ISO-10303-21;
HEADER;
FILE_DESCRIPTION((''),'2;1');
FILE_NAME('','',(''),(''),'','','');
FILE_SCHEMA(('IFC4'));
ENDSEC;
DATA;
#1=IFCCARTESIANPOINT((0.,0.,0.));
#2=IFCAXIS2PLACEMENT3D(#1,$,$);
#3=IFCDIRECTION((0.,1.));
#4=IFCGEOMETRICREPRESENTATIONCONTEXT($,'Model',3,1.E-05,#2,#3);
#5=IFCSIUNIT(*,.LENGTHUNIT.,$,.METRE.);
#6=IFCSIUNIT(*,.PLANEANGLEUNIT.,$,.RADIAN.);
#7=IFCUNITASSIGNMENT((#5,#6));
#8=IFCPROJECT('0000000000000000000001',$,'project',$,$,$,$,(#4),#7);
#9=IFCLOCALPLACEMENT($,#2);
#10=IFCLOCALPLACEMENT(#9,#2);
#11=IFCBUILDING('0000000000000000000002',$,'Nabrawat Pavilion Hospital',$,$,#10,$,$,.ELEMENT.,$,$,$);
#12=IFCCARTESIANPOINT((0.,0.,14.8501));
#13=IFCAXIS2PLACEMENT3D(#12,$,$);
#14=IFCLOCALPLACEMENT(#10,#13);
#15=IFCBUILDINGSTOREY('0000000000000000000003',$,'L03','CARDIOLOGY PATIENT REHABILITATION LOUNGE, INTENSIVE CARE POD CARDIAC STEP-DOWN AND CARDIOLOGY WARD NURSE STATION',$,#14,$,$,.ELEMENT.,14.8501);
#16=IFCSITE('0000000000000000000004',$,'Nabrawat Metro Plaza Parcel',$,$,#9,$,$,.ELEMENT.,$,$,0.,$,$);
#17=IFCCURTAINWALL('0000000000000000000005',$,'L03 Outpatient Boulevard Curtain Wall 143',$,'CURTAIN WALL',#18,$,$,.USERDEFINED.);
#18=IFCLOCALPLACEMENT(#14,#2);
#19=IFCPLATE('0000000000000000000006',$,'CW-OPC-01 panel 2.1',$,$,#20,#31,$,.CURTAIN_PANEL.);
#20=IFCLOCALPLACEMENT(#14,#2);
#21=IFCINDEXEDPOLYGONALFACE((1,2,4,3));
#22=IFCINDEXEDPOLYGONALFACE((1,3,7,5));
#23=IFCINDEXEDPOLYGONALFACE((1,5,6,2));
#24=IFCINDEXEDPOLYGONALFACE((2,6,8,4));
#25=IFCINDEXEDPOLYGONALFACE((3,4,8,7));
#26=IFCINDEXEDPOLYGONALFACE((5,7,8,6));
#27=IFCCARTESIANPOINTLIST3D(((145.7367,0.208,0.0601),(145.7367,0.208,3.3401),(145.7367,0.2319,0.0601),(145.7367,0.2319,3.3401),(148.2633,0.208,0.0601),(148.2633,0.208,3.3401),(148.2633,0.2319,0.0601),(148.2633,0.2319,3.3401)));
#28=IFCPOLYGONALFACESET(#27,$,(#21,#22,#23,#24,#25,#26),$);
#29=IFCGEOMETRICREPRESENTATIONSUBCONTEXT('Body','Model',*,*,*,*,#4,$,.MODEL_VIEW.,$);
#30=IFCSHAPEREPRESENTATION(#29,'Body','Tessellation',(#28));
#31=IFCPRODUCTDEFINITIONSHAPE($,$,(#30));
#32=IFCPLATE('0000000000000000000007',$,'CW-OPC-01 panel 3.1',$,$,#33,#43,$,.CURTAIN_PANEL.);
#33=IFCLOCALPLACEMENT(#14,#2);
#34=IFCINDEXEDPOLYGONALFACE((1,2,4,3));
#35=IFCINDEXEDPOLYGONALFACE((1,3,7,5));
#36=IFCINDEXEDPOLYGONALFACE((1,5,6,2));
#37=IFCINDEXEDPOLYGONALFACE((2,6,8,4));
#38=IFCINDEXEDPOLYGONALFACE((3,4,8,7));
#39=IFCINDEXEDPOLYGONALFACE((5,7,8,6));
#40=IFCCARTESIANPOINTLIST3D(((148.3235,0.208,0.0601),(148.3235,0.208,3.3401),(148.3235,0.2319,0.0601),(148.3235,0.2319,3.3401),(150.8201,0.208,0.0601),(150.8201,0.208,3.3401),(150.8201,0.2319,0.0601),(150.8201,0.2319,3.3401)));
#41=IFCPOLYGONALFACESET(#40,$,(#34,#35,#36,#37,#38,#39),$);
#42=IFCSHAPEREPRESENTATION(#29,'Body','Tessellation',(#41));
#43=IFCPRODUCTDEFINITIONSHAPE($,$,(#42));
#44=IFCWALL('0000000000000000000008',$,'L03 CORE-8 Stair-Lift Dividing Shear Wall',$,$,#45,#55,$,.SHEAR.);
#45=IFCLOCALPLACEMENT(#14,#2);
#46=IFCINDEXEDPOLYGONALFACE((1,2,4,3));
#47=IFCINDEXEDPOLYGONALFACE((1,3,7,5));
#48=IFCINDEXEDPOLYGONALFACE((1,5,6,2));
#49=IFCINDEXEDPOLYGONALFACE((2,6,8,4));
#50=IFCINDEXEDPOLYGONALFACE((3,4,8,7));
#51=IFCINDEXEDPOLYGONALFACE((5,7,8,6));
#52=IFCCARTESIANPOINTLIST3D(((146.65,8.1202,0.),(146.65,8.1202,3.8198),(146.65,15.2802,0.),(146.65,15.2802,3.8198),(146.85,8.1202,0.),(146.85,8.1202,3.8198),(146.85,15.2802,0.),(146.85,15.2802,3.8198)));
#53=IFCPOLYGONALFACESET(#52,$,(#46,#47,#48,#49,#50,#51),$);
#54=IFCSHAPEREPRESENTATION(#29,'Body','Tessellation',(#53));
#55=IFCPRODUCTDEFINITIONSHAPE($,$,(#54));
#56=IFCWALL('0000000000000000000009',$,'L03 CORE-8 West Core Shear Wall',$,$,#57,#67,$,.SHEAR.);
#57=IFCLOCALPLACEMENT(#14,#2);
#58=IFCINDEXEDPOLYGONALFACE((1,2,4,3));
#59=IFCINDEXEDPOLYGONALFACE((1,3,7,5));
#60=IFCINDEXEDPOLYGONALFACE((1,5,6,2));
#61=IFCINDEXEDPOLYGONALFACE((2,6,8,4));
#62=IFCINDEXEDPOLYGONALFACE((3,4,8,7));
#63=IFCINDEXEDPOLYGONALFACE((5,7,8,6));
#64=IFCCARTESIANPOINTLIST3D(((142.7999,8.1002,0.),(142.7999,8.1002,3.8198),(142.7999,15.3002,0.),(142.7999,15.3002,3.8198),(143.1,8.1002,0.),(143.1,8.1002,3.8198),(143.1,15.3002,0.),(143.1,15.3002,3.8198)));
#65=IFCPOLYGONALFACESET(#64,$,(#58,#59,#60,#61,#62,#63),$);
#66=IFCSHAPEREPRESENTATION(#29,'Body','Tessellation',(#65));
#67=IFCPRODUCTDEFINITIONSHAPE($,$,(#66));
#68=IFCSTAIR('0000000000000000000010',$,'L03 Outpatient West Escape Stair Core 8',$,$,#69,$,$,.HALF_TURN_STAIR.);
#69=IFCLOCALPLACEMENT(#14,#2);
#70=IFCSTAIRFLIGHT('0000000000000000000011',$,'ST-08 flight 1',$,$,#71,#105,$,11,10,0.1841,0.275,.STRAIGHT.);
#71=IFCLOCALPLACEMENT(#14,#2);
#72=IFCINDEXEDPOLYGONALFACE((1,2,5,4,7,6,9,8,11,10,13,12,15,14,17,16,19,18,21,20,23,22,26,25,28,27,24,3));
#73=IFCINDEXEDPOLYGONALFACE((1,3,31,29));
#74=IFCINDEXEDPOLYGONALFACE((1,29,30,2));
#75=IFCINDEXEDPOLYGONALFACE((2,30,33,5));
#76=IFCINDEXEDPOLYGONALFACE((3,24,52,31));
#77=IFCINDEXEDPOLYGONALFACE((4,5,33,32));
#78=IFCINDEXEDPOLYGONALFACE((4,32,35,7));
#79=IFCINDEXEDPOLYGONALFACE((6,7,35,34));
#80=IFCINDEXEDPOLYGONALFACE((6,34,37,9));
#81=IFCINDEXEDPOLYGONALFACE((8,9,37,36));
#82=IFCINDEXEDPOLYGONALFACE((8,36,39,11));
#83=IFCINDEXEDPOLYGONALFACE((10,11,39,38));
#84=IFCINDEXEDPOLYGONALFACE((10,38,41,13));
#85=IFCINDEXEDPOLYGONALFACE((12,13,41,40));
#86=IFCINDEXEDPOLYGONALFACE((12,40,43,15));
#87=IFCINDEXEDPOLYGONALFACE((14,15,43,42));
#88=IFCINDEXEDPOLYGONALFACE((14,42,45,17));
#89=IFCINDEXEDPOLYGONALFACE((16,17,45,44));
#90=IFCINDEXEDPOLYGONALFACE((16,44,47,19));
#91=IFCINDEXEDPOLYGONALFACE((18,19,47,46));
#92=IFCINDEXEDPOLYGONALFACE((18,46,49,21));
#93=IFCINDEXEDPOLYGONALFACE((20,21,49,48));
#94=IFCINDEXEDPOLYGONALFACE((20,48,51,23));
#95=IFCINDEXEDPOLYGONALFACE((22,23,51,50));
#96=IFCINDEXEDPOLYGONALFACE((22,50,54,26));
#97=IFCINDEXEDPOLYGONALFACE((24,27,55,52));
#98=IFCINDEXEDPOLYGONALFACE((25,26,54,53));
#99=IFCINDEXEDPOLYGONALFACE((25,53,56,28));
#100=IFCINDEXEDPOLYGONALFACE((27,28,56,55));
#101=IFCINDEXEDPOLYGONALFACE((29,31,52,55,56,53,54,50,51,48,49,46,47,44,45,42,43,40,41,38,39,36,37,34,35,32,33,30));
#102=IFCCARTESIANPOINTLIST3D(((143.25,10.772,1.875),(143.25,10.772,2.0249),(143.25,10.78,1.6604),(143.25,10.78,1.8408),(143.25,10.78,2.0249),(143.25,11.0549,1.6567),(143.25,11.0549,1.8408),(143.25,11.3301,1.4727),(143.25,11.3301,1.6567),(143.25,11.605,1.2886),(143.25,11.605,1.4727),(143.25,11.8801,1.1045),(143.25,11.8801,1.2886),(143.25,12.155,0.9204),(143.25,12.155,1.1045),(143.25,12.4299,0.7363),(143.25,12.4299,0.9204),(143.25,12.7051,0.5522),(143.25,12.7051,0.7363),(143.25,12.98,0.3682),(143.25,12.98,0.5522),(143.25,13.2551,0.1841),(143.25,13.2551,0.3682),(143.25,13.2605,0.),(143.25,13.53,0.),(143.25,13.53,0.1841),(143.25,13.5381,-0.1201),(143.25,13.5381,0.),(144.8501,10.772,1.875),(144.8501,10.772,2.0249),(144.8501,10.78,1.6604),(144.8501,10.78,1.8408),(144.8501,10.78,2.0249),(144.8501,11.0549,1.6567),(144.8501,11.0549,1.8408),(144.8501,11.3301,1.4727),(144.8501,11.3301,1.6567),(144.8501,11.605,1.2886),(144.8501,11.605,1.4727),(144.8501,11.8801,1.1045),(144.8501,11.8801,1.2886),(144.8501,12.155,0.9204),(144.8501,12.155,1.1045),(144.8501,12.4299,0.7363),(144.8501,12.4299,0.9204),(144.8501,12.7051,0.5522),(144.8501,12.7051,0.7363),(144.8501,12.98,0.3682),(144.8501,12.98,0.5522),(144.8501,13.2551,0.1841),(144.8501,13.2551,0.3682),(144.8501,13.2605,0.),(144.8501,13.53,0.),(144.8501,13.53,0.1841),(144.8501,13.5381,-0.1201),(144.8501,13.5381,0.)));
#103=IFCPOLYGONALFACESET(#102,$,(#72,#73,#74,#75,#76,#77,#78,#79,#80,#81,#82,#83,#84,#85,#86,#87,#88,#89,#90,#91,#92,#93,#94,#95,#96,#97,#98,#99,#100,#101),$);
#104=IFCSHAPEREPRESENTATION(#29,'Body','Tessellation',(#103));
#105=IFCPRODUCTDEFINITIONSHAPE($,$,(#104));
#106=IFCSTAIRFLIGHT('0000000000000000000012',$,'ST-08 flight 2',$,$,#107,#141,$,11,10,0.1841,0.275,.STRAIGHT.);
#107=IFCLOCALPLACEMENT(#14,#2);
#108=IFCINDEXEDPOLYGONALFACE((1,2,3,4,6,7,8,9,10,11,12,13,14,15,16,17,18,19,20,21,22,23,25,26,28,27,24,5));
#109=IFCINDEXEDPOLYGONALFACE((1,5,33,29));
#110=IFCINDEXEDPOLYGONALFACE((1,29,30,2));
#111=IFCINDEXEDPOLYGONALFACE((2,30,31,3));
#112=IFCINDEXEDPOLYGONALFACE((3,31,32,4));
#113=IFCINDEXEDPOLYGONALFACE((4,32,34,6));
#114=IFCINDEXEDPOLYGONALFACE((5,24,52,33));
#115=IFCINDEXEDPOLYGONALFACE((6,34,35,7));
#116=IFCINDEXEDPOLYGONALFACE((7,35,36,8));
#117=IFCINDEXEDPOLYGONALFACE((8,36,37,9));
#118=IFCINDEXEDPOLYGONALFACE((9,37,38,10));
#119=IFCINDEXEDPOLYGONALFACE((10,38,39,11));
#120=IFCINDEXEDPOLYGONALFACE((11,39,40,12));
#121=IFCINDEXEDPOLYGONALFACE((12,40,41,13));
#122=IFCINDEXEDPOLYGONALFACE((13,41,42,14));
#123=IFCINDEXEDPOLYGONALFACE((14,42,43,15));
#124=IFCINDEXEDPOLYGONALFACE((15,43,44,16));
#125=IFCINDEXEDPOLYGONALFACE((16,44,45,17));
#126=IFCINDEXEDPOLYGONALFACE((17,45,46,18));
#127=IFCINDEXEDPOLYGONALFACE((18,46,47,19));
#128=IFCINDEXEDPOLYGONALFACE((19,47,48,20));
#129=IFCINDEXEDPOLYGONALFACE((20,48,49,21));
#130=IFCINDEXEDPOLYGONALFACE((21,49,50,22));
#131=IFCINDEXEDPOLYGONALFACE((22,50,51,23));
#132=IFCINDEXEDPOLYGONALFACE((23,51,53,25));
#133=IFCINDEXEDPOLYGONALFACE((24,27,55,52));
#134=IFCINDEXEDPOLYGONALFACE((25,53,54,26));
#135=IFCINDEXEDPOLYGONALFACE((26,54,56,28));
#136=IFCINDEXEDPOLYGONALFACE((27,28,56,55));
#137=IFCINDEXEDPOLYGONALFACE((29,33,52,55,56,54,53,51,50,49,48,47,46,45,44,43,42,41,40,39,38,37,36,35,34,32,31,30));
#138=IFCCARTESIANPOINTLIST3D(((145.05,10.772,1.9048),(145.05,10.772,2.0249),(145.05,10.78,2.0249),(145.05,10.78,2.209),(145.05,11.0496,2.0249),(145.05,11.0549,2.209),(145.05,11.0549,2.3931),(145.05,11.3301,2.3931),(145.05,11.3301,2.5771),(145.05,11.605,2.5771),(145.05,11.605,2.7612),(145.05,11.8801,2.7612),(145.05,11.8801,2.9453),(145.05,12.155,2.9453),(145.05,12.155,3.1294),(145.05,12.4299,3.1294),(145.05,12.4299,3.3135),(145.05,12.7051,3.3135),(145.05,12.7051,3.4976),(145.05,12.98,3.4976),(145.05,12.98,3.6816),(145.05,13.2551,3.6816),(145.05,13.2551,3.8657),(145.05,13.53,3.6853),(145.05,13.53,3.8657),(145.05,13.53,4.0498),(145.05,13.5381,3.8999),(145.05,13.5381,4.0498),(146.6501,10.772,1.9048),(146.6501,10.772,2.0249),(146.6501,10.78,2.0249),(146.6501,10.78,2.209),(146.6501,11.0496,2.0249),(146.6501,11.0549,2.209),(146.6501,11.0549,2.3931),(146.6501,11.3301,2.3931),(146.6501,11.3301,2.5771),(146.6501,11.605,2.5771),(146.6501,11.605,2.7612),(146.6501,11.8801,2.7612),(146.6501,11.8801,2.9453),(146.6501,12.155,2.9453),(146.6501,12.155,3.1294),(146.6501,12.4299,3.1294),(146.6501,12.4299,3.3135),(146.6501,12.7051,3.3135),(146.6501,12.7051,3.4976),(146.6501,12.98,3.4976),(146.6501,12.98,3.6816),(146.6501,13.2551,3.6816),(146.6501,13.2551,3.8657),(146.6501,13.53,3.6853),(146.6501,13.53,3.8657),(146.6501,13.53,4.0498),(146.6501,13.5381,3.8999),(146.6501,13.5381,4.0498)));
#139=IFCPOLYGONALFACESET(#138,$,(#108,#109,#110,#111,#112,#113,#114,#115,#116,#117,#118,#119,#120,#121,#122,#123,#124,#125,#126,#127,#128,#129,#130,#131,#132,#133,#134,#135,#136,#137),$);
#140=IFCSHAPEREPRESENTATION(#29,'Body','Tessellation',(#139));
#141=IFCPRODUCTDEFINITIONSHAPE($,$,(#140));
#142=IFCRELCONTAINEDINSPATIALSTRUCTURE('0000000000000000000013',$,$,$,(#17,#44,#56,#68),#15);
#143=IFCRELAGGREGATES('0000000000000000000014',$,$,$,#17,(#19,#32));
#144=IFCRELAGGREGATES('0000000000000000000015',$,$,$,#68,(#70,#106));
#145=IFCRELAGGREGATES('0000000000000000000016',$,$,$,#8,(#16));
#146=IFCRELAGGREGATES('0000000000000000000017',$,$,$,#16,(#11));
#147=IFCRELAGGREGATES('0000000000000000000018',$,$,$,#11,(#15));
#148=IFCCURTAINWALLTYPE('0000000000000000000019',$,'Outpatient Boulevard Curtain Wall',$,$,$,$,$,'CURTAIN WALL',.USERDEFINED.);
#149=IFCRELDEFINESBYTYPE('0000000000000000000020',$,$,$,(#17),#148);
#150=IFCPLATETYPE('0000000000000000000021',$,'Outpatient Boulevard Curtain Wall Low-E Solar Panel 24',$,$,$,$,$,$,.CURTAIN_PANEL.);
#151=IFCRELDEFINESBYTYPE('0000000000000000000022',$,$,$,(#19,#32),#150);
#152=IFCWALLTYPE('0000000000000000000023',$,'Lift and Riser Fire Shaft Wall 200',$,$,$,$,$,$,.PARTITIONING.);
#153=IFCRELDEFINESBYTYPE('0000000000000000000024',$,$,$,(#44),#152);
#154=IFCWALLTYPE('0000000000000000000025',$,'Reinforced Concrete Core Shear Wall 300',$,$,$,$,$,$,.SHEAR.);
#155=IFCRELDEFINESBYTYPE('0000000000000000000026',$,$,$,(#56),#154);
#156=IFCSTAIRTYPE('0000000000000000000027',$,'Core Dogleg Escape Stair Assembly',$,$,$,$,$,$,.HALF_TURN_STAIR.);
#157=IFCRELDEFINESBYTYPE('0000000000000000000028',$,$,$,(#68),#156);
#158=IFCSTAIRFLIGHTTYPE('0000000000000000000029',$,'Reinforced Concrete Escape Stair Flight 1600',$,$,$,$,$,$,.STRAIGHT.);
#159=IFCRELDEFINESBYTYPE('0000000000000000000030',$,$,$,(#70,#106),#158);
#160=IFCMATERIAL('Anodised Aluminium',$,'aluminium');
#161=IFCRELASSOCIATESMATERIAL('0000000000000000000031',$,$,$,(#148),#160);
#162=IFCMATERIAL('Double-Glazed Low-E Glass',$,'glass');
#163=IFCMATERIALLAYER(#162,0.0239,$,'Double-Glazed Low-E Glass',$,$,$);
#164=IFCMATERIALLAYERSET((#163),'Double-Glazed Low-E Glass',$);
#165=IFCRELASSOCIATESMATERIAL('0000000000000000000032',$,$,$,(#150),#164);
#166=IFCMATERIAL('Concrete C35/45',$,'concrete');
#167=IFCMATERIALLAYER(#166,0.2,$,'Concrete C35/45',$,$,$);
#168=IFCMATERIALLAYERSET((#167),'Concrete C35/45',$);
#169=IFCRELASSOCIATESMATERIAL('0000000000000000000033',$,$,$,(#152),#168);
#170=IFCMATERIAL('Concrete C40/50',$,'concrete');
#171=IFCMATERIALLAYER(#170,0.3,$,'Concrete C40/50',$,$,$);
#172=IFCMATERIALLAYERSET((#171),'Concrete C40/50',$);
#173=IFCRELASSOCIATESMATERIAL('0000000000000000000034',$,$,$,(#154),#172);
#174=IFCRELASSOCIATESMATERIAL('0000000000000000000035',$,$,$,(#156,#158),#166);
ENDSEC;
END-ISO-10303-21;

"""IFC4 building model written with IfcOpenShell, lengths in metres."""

from ifc_helpers import new_model, si_unit, direction, frame, frame_2d, origin, origin_2d, place, context, subcontext, project, spatial, polyline, rectangle, outline, extrude, material, layer, layer_set, type_object, element, aggregate, save


model = new_model("IFC4")

# Units and contexts
model_context = context("Model", 3, precision=1e-05, world=origin(), true_north=direction((0.0, 1.0)))
body_context = subcontext(model_context, "Body", "Model", "MODEL_VIEW")
ifc_project = project(units=[si_unit("LENGTHUNIT", "METRE"), si_unit("PLANEANGLEUNIT", "RADIAN")], contexts=[model_context])

# Site, building, storey
site_placement = place(None, origin())
site = spatial("IfcSite", under=ifc_project, at=site_placement, Name="Nabrawat Metro Plaza Parcel", CompositionType="ELEMENT", RefElevation=0.0)
building_placement = place(site_placement, origin())
building = spatial("IfcBuilding", under=site, at=building_placement, Name="Nabrawat Pavilion Hospital", CompositionType="ELEMENT")
storey_placement = place(building_placement, frame((0.0, 0.0, 14.8501)))
storey = spatial("IfcBuildingStorey", under=building, at=storey_placement, Name="L03", Description="CARDIOLOGY PATIENT REHABILITATION LOUNGE, INTENSIVE CARE POD CARDIAC STEP-DOWN AND CARDIOLOGY WARD NURSE STATION", CompositionType="ELEMENT", Elevation=14.8501)

# Curtain wall
ifc_material_1 = material(Name="Anodised Aluminium", Category="aluminium")
curtain_wall_type = type_object("IfcCurtainWallType", Name="Outpatient Boulevard Curtain Wall", ElementType="CURTAIN WALL", PredefinedType="USERDEFINED", material=ifc_material_1)
curtain_wall_placement = place(storey_placement, origin())
curtain_wall = element("IfcCurtainWall", 1, at=curtain_wall_placement, inside=storey, type_object=curtain_wall_type, Name="L03 Outpatient Boulevard Curtain Wall 143", ObjectType="CURTAIN WALL", PredefinedType="USERDEFINED")

# Plates
ifc_material_2 = material(Name="Double-Glazed Low-E Glass", Category="glass")
ifc_layer_1 = layer(ifc_material_2, 0.0239, Name="Double-Glazed Low-E Glass")
ifc_layer_set_1 = layer_set([ifc_layer_1], Name="Double-Glazed Low-E Glass")
plate_type = type_object("IfcPlateType", Name="Outpatient Boulevard Curtain Wall Low-E Solar Panel 24", PredefinedType="CURTAIN_PANEL", material=ifc_layer_set_1)
plate_1_placement = place(storey_placement, frame((147.0, 0.22, 0.0601), z_axis=(0.0, 0.0, 1.0), x_axis=(1.0, 0.0, 0.0)))
plate_1 = element("IfcPlate", 2, at=plate_1_placement, type_object=plate_type, Name="CW-OPC-01 panel 2.1", PredefinedType="CURTAIN_PANEL", context=body_context, shape_type="SweptSolid", body=[
    extrude(rectangle(XDim=2.5266, YDim=0.0239, at=origin_2d()), origin(), (0.0, 0.0, 1.0), 3.28),
])
plate_2_placement = place(storey_placement, frame((149.5718, 0.22, 0.0601), z_axis=(0.0, 0.0, 1.0), x_axis=(1.0, 0.0, 0.0)))
plate_2 = element("IfcPlate", 3, at=plate_2_placement, type_object=plate_type, Name="CW-OPC-01 panel 3.1", PredefinedType="CURTAIN_PANEL", context=body_context, shape_type="SweptSolid", body=[
    extrude(rectangle(XDim=2.4966, YDim=0.0239, at=origin_2d()), origin(), (0.0, 0.0, 1.0), 3.28),
])
aggregate(curtain_wall, [plate_1, plate_2])

# Walls
ifc_material_3 = material(Name="Concrete C35/45", Category="concrete")
ifc_layer_2 = layer(ifc_material_3, 0.2, Name="Concrete C35/45")
ifc_layer_set_2 = layer_set([ifc_layer_2], Name="Concrete C35/45")
wall_type_1 = type_object("IfcWallType", Name="Lift and Riser Fire Shaft Wall 200", PredefinedType="PARTITIONING", material=ifc_layer_set_2)
wall_1_placement = place(storey_placement, frame((146.75, 8.1201, 0.0), z_axis=(0.0, 0.0, 1.0), x_axis=(0.0, 1.0, 0.0)))
element("IfcWall", 4, at=wall_1_placement, inside=storey, type_object=wall_type_1, Name="L03 CORE-8 Stair-Lift Dividing Shear Wall", PredefinedType="SHEAR", context=body_context, shape_type="SweptSolid", body=[
    extrude(rectangle(XDim=7.1599, YDim=0.2, at=frame_2d((3.5801, 0.0))), origin(), (0.0, 0.0, 1.0), 3.8198),
])
ifc_material_4 = material(Name="Concrete C40/50", Category="concrete")
ifc_layer_3 = layer(ifc_material_4, 0.3, Name="Concrete C40/50")
ifc_layer_set_3 = layer_set([ifc_layer_3], Name="Concrete C40/50")
wall_type_2 = type_object("IfcWallType", Name="Reinforced Concrete Core Shear Wall 300", PredefinedType="SHEAR", material=ifc_layer_set_3)
wall_2_placement = place(storey_placement, frame((142.95, 8.1001, 0.0), z_axis=(0.0, 0.0, 1.0), x_axis=(0.0, 1.0, 0.0)))
element("IfcWall", 5, at=wall_2_placement, inside=storey, type_object=wall_type_2, Name="L03 CORE-8 West Core Shear Wall", PredefinedType="SHEAR", context=body_context, shape_type="SweptSolid", body=[
    extrude(rectangle(XDim=7.2, YDim=0.3, at=frame_2d((3.6001, 0.0))), origin(), (0.0, 0.0, 1.0), 3.8198),
])

# Stair, stair flights
stair_type = type_object("IfcStairType", Name="Core Dogleg Escape Stair Assembly", PredefinedType="HALF_TURN_STAIR", material=ifc_material_3)
stair_placement = place(storey_placement, origin())
stair = element("IfcStair", 6, at=stair_placement, inside=storey, type_object=stair_type, Name="L03 Outpatient West Escape Stair Core 8", PredefinedType="HALF_TURN_STAIR")
stair_flight_type = type_object("IfcStairFlightType", Name="Reinforced Concrete Escape Stair Flight 1600", PredefinedType="STRAIGHT", material=ifc_material_3)
stair_flight_1_placement = place(storey_placement, frame((144.05, 13.53, 0.0), z_axis=(0.0, 0.0, 1.0), x_axis=(0.0, -1.0, 0.0)))
stair_flight_1 = element("IfcStairFlight", 7, at=stair_flight_1_placement, type_object=stair_flight_type, Name="ST-08 flight 1", NumberOfRisers=11, NumberOfTreads=10, PredefinedType="STRAIGHT", RiserHeight=0.1841, TreadLength=0.275, context=body_context, shape_type="SweptSolid", body=[
    extrude(outline(polyline([(-0.0081, 0.0), (0.0, 0.0), (0.0, 0.1841), (0.2749, 0.1841), (0.2749, 0.3682), (0.55, 0.3682), (0.55, 0.5522), (0.825, 0.5522), (0.825, 0.7363), (1.1001, 0.7363), (1.1001, 0.9204), (1.375, 0.9204), (1.375, 1.1045), (1.6499, 1.1045), (1.6499, 1.2886), (1.925, 1.2886), (1.925, 1.4727), (2.2, 1.4727), (2.2, 1.6567), (2.4751, 1.6567), (2.4751, 1.8408), (2.75, 1.8408), (2.75, 2.0249), (2.7581, 2.0249), (2.7581, 1.875), (2.75, 1.6604), (0.2695, 0.0), (-0.0081, -0.1201), (-0.0081, 0.0)])), frame((0.0, 0.8, 0.0), z_axis=(0.0, -1.0, 0.0), x_axis=(1.0, 0.0, 0.0)), (0.0, 0.0, 1.0), 1.6001),
])
stair_flight_2_placement = place(storey_placement, frame((145.8501, 10.78, 2.0249), z_axis=(0.0, 0.0, 1.0), x_axis=(0.0, 1.0, 0.0)))
stair_flight_2 = element("IfcStairFlight", 8, at=stair_flight_2_placement, type_object=stair_flight_type, Name="ST-08 flight 2", NumberOfRisers=11, NumberOfTreads=10, PredefinedType="STRAIGHT", RiserHeight=0.1841, TreadLength=0.275, context=body_context, shape_type="SweptSolid", body=[
    extrude(outline(polyline([(-0.0081, 0.0), (0.0, 0.0), (0.0, 0.1841), (0.2749, 0.1841), (0.2749, 0.3682), (0.55, 0.3682), (0.55, 0.5522), (0.825, 0.5522), (0.825, 0.7363), (1.1001, 0.7363), (1.1001, 0.9204), (1.375, 0.9204), (1.375, 1.1045), (1.6499, 1.1045), (1.6499, 1.2886), (1.925, 1.2886), (1.925, 1.4727), (2.2, 1.4727), (2.2, 1.6567), (2.4751, 1.6567), (2.4751, 1.8408), (2.75, 1.8408), (2.75, 2.0249), (2.7581, 2.0249), (2.7581, 1.875), (2.75, 1.6604), (0.2695, 0.0), (-0.0081, -0.1201), (-0.0081, 0.0)])), frame((0.0, 0.8, 0.0), z_axis=(0.0, -1.0, 0.0), x_axis=(1.0, 0.0, 0.0)), (0.0, 0.0, 1.0), 1.6001),
])
aggregate(stair, [stair_flight_1, stair_flight_2])

save(model, "model.ifc")
